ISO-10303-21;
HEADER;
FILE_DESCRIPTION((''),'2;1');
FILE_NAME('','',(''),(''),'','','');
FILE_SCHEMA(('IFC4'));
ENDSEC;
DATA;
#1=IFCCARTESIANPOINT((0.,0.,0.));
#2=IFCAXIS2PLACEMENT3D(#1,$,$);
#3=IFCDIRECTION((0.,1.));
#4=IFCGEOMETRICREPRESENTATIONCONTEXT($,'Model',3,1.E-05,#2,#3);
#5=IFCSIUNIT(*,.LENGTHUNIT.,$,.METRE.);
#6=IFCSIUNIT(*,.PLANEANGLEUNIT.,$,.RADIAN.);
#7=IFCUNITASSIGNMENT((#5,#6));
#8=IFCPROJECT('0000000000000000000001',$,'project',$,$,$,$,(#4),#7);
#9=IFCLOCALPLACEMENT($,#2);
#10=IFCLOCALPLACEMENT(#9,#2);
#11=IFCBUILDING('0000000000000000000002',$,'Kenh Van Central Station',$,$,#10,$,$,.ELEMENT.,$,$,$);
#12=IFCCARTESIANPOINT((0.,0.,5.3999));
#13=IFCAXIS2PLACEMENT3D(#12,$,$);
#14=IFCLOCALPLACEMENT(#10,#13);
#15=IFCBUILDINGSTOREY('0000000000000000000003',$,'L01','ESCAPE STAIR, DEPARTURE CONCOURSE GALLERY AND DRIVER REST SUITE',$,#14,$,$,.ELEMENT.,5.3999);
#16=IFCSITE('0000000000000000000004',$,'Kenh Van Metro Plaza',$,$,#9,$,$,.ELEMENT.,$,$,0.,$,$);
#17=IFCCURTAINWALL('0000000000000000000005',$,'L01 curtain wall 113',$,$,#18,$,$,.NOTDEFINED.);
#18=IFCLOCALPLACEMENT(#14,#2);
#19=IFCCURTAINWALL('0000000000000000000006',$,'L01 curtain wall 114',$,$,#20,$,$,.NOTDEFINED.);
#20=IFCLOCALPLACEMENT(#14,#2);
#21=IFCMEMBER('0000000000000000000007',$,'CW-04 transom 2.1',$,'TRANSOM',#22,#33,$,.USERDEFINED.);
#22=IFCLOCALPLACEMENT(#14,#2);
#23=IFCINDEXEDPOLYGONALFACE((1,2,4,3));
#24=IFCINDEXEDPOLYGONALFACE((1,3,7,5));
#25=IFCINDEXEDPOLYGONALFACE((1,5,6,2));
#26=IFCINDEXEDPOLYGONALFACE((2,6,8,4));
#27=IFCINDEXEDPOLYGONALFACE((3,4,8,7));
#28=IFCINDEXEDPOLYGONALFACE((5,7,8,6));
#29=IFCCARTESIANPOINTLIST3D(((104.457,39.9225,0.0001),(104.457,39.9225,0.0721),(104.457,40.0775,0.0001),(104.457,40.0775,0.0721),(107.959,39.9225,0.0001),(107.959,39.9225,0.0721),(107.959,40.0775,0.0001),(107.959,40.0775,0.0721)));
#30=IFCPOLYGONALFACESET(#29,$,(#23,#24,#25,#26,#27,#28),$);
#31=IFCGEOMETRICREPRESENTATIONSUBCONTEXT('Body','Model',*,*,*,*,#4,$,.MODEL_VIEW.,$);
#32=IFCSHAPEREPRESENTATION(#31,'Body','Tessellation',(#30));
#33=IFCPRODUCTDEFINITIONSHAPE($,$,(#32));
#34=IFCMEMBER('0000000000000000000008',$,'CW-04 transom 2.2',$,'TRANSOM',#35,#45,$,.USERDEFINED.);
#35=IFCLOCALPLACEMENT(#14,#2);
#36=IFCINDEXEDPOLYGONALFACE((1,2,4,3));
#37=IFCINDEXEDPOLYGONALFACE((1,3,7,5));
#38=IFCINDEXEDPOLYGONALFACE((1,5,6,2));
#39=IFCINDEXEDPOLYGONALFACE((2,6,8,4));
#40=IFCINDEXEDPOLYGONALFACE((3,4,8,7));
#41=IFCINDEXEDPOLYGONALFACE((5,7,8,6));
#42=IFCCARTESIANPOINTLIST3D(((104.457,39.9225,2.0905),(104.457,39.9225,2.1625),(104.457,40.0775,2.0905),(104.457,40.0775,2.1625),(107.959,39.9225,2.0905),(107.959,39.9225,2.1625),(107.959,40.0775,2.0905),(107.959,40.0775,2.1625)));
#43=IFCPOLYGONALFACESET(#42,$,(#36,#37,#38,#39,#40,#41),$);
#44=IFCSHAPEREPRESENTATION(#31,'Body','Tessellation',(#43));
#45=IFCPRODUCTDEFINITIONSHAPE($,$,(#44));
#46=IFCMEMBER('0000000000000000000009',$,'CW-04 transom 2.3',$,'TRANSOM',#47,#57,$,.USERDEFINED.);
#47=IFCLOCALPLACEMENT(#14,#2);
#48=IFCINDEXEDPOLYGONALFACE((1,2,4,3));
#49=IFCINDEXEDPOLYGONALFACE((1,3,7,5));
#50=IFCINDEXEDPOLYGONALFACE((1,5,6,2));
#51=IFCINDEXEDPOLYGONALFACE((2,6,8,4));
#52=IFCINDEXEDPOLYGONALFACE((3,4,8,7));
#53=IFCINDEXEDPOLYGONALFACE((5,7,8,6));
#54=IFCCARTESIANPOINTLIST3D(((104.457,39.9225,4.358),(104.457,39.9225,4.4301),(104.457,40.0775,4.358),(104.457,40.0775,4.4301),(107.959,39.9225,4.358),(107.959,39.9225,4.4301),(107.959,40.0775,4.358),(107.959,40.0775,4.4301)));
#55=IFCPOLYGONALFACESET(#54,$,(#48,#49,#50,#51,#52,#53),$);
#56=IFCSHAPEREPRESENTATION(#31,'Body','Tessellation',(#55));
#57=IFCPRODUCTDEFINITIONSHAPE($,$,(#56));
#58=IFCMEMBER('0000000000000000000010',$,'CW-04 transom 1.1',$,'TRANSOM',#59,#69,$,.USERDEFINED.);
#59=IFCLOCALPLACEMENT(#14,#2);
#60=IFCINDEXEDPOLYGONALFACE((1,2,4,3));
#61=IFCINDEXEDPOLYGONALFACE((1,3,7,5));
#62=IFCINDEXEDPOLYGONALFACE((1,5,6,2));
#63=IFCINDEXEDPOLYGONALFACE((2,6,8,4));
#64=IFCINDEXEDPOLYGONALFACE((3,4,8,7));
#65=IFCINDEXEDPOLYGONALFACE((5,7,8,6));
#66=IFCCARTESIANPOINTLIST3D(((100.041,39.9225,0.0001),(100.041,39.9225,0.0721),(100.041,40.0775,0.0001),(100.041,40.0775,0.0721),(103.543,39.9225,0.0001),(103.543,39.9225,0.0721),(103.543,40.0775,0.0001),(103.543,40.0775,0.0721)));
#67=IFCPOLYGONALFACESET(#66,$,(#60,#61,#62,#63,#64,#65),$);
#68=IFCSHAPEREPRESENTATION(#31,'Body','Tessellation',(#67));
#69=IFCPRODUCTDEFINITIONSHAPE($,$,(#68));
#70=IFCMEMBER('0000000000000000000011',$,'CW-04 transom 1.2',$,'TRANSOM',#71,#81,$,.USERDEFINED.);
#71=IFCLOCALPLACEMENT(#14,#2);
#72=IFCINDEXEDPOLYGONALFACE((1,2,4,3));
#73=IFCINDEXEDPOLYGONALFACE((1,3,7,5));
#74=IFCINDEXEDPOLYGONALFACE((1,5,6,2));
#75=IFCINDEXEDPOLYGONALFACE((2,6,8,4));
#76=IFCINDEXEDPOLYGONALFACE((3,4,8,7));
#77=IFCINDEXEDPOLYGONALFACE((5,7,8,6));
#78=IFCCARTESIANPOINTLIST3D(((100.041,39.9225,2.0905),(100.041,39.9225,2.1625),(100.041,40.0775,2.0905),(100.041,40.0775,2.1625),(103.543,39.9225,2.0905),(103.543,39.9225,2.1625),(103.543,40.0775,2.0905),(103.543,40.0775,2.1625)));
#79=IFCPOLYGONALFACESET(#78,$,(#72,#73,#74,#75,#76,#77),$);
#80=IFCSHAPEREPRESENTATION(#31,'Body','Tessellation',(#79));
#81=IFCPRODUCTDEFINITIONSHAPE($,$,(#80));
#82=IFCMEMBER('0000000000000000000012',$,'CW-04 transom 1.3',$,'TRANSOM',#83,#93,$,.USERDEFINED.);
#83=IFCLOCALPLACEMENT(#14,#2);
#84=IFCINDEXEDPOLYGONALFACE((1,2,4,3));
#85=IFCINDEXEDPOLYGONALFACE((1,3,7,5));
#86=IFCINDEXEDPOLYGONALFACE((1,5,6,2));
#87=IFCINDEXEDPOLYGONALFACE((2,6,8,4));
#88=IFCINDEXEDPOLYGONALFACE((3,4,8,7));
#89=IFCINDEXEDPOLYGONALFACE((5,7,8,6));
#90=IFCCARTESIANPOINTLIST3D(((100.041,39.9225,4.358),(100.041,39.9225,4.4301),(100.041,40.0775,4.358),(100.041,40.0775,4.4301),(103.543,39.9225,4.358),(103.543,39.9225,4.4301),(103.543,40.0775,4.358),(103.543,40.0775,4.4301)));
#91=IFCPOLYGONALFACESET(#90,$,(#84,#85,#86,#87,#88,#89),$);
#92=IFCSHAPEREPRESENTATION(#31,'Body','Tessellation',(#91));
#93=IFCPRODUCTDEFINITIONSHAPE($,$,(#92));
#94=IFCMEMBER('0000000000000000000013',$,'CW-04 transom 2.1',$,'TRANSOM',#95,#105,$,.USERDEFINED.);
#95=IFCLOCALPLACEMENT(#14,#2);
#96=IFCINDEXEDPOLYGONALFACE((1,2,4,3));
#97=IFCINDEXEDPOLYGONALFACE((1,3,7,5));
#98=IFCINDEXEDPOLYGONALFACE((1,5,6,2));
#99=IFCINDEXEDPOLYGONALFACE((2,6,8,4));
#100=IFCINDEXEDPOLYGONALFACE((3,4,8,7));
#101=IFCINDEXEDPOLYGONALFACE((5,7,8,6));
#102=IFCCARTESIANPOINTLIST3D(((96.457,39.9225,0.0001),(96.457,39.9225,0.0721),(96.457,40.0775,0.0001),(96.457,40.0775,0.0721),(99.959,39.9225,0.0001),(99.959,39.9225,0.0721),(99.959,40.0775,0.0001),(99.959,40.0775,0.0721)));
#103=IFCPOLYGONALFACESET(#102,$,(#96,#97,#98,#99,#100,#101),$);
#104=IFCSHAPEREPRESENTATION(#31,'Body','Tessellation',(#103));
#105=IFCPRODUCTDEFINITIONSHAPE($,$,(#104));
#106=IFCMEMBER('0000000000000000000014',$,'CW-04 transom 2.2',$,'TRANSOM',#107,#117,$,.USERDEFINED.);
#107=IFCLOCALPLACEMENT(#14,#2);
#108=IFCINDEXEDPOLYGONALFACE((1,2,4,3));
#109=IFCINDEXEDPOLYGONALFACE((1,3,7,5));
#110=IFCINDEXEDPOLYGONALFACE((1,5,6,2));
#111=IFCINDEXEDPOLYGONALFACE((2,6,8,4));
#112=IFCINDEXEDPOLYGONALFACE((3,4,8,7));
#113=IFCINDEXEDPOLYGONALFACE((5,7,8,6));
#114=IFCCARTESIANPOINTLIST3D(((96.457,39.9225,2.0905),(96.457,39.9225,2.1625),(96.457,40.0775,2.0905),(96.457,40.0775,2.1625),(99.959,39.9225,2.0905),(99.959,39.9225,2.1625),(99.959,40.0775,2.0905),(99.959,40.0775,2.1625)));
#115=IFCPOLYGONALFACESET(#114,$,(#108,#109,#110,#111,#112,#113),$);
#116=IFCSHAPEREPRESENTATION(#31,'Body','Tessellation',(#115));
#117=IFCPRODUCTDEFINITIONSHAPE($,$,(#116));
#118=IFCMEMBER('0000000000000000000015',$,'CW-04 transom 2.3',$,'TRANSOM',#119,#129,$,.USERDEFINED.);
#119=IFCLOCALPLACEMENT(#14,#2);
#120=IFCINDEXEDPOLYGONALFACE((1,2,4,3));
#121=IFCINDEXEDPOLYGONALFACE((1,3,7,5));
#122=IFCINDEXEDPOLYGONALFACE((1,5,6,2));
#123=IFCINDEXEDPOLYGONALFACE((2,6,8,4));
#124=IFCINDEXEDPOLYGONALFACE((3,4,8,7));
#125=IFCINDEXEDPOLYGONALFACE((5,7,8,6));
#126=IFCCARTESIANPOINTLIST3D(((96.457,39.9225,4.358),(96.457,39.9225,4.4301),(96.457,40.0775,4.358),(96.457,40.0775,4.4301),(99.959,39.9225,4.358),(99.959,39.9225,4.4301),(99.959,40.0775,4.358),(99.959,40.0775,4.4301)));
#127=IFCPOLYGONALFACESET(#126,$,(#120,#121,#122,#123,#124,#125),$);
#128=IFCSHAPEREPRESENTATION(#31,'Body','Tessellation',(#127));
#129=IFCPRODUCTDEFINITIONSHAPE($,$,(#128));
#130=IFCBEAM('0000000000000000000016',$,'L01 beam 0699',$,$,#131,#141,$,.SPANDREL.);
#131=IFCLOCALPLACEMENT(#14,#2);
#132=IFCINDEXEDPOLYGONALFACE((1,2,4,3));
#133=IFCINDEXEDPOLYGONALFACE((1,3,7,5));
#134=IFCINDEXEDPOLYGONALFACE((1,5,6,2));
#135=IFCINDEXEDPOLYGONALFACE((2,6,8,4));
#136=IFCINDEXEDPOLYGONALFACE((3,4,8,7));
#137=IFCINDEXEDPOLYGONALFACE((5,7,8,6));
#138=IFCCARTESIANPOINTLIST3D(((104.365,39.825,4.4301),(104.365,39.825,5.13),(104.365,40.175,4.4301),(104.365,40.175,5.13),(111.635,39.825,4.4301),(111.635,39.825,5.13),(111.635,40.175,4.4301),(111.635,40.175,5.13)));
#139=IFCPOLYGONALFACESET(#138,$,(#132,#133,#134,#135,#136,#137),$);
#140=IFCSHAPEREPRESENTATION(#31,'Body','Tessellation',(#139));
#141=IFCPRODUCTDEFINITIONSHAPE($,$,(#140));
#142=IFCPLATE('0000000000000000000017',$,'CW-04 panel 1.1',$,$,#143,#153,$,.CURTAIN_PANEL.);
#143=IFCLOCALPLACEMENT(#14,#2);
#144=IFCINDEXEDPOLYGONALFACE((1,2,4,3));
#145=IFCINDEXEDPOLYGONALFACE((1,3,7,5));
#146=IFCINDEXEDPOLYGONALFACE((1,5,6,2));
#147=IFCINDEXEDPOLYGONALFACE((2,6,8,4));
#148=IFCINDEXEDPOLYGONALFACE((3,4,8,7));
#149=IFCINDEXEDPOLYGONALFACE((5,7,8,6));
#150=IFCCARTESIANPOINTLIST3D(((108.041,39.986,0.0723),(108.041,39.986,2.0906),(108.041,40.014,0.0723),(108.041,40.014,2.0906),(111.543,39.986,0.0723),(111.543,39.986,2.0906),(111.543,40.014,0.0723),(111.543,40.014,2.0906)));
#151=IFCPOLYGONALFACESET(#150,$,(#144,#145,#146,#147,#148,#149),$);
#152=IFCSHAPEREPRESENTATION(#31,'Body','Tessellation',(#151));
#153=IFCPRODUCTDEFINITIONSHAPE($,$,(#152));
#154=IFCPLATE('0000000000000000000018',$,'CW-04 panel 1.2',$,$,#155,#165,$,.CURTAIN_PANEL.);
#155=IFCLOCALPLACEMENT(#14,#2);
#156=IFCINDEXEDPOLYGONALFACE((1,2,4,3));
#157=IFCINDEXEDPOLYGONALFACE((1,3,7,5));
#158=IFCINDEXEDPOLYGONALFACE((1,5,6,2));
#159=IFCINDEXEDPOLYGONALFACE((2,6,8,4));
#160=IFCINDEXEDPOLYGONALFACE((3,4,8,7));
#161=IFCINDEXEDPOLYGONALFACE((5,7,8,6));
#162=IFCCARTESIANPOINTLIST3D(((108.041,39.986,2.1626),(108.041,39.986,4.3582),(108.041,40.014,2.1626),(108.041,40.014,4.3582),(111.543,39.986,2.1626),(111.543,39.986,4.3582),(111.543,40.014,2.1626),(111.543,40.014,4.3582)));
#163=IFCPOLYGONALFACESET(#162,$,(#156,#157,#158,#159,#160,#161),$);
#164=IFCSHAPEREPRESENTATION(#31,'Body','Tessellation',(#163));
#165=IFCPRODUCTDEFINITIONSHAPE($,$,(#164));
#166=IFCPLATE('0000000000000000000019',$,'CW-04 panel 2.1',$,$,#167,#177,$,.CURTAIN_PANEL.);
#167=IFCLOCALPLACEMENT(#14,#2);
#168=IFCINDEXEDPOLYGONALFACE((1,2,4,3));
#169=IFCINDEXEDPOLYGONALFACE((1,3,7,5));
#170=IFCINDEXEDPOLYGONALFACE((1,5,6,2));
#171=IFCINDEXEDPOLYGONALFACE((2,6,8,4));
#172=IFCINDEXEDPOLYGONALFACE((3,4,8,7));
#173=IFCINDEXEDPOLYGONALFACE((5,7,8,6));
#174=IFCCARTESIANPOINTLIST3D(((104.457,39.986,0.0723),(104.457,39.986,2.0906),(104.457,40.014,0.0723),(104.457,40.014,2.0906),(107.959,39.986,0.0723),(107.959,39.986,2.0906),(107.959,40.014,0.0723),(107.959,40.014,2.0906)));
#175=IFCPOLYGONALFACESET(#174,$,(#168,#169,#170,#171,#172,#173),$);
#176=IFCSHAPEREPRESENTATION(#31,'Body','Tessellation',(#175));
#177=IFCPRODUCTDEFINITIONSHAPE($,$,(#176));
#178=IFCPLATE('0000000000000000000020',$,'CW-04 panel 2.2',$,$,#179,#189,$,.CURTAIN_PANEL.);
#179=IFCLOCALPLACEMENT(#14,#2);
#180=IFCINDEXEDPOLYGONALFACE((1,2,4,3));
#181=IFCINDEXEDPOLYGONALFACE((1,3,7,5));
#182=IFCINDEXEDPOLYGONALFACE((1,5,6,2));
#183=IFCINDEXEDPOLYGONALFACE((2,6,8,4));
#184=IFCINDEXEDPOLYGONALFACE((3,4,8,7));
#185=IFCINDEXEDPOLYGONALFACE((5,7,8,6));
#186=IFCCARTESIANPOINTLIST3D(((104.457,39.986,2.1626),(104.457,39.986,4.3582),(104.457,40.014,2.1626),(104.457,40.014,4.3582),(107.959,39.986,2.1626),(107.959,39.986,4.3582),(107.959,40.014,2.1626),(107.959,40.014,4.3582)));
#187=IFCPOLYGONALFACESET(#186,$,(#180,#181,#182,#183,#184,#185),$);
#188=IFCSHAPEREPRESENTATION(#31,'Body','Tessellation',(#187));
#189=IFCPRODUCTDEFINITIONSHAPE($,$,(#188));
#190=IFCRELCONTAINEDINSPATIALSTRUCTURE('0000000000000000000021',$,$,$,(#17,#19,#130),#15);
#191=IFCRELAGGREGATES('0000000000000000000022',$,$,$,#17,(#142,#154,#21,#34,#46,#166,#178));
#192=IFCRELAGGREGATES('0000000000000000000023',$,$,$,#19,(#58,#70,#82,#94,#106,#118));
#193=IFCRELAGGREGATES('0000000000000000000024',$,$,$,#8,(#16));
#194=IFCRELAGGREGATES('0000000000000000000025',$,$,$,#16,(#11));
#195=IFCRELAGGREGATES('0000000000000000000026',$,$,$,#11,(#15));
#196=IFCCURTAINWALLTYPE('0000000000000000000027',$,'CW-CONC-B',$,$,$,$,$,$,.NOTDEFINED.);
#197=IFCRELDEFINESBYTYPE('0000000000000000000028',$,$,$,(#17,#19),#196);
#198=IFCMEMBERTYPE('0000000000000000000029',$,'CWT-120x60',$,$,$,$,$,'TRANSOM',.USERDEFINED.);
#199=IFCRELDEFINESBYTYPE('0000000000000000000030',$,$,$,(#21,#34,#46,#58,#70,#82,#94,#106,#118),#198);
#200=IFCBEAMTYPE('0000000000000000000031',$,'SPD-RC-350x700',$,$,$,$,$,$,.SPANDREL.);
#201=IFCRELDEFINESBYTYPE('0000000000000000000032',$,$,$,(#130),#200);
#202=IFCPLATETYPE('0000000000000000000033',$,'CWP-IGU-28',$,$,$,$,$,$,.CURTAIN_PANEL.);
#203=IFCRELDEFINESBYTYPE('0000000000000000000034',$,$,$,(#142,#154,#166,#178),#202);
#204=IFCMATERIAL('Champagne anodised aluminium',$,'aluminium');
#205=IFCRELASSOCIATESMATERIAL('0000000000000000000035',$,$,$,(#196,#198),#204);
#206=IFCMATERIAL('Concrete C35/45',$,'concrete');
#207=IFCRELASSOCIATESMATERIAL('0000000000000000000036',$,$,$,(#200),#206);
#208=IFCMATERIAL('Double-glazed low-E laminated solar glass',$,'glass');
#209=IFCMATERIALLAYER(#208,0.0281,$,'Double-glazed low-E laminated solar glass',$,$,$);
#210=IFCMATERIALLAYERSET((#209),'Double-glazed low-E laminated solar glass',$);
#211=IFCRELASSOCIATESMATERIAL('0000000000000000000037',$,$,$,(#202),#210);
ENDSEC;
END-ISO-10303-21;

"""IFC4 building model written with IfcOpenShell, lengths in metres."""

from ifc_helpers import new_model, si_unit, direction, frame, origin, origin_2d, place, context, subcontext, project, spatial, rectangle, extrude, material, layer, layer_set, material_profile, profile_set, type_object, element, aggregate, save


model = new_model("IFC4")

# Units and contexts
model_context = context("Model", 3, precision=1e-05, world=origin(), true_north=direction((0.0, 1.0)))
body_context = subcontext(model_context, "Body", "Model", "MODEL_VIEW")
ifc_project = project(units=[si_unit("LENGTHUNIT", "METRE"), si_unit("PLANEANGLEUNIT", "RADIAN")], contexts=[model_context])

# Site, building, storey
site_placement = place(None, origin())
site = spatial("IfcSite", under=ifc_project, at=site_placement, Name="Kenh Van Metro Plaza", CompositionType="ELEMENT", RefElevation=0.0)
building_placement = place(site_placement, origin())
building = spatial("IfcBuilding", under=site, at=building_placement, Name="Kenh Van Central Station", CompositionType="ELEMENT")
storey_placement = place(building_placement, frame((0.0, 0.0, 5.3999)))
storey = spatial("IfcBuildingStorey", under=building, at=storey_placement, Name="L01", Description="ESCAPE STAIR, DEPARTURE CONCOURSE GALLERY AND DRIVER REST SUITE", CompositionType="ELEMENT", Elevation=5.3999)

# Shared definitions
ifc_material_1 = material(Name="Concrete C35/45", Category="concrete")

# Curtain walls
ifc_material_2 = material(Name="Champagne anodised aluminium", Category="aluminium")
curtain_wall_type = type_object("IfcCurtainWallType", Name="CW-CONC-B", PredefinedType="NOTDEFINED", material=ifc_material_2)
curtain_wall_1_placement = place(storey_placement, origin())
curtain_wall_1 = element("IfcCurtainWall", 1, at=curtain_wall_1_placement, inside=storey, type_object=curtain_wall_type, Name="L01 curtain wall 113", PredefinedType="NOTDEFINED")
curtain_wall_2_placement = place(storey_placement, origin())
curtain_wall_2 = element("IfcCurtainWall", 2, at=curtain_wall_2_placement, inside=storey, type_object=curtain_wall_type, Name="L01 curtain wall 114", PredefinedType="NOTDEFINED")

# Members
ifc_material_profile_1 = material_profile(ifc_material_2, rectangle(XDim=0.155, YDim=0.072, at=origin_2d()), Name="AL 155x72")
ifc_profile_set_1 = profile_set([ifc_material_profile_1], Name="Champagne anodised aluminium")
member_type_1 = type_object("IfcMemberType", Name="CWT-120x60", ElementType="TRANSOM", PredefinedType="USERDEFINED", material=ifc_profile_set_1)
member_1_placement = place(storey_placement, frame((107.959, 40.0, 0.0361), z_axis=(-1.0, 0.0, 0.0), x_axis=(0.0, -1.0, 0.0)))
member_1 = element("IfcMember", 3, at=member_1_placement, type_object=member_type_1, Name="CW-04 transom 2.1", ObjectType="TRANSOM", PredefinedType="USERDEFINED", context=body_context, shape_type="SweptSolid", body=[
    extrude(rectangle(XDim=0.155, YDim=0.072, at=origin_2d()), origin(), (0.0, 0.0, 1.0), 3.502),
])
member_2_placement = place(storey_placement, frame((107.959, 40.0, 2.1265), z_axis=(-1.0, 0.0, 0.0), x_axis=(0.0, -1.0, 0.0)))
member_2 = element("IfcMember", 4, at=member_2_placement, type_object=member_type_1, Name="CW-04 transom 2.2", ObjectType="TRANSOM", PredefinedType="USERDEFINED", context=body_context, shape_type="SweptSolid", body=[
    extrude(rectangle(XDim=0.155, YDim=0.072, at=origin_2d()), origin(), (0.0, 0.0, 1.0), 3.502),
])
member_3_placement = place(storey_placement, frame((107.959, 40.0, 4.394), z_axis=(-1.0, 0.0, 0.0), x_axis=(0.0, -1.0, 0.0)))
member_3 = element("IfcMember", 5, at=member_3_placement, type_object=member_type_1, Name="CW-04 transom 2.3", ObjectType="TRANSOM", PredefinedType="USERDEFINED", context=body_context, shape_type="SweptSolid", body=[
    extrude(rectangle(XDim=0.155, YDim=0.072, at=origin_2d()), origin(), (0.0, 0.0, 1.0), 3.502),
])
member_4_placement = place(storey_placement, frame((103.543, 40.0, 0.0361), z_axis=(-1.0, 0.0, 0.0), x_axis=(0.0, -1.0, 0.0)))
member_4 = element("IfcMember", 6, at=member_4_placement, type_object=member_type_1, Name="CW-04 transom 1.1", ObjectType="TRANSOM", PredefinedType="USERDEFINED", context=body_context, shape_type="SweptSolid", body=[
    extrude(rectangle(XDim=0.155, YDim=0.072, at=origin_2d()), origin(), (0.0, 0.0, 1.0), 3.502),
])
member_5_placement = place(storey_placement, frame((103.543, 40.0, 2.1265), z_axis=(-1.0, 0.0, 0.0), x_axis=(0.0, -1.0, 0.0)))
member_5 = element("IfcMember", 7, at=member_5_placement, type_object=member_type_1, Name="CW-04 transom 1.2", ObjectType="TRANSOM", PredefinedType="USERDEFINED", context=body_context, shape_type="SweptSolid", body=[
    extrude(rectangle(XDim=0.155, YDim=0.072, at=origin_2d()), origin(), (0.0, 0.0, 1.0), 3.502),
])
member_6_placement = place(storey_placement, frame((103.543, 40.0, 4.394), z_axis=(-1.0, 0.0, 0.0), x_axis=(0.0, -1.0, 0.0)))
member_6 = element("IfcMember", 8, at=member_6_placement, type_object=member_type_1, Name="CW-04 transom 1.3", ObjectType="TRANSOM", PredefinedType="USERDEFINED", context=body_context, shape_type="SweptSolid", body=[
    extrude(rectangle(XDim=0.155, YDim=0.072, at=origin_2d()), origin(), (0.0, 0.0, 1.0), 3.502),
])
member_7_placement = place(storey_placement, frame((99.959, 40.0, 0.0361), z_axis=(-1.0, 0.0, 0.0), x_axis=(0.0, -1.0, 0.0)))
member_7 = element("IfcMember", 9, at=member_7_placement, type_object=member_type_1, Name="CW-04 transom 2.1", ObjectType="TRANSOM", PredefinedType="USERDEFINED", context=body_context, shape_type="SweptSolid", body=[
    extrude(rectangle(XDim=0.155, YDim=0.072, at=origin_2d()), origin(), (0.0, 0.0, 1.0), 3.502),
])
member_8_placement = place(storey_placement, frame((99.959, 40.0, 2.1265), z_axis=(-1.0, 0.0, 0.0), x_axis=(0.0, -1.0, 0.0)))
member_8 = element("IfcMember", 10, at=member_8_placement, type_object=member_type_1, Name="CW-04 transom 2.2", ObjectType="TRANSOM", PredefinedType="USERDEFINED", context=body_context, shape_type="SweptSolid", body=[
    extrude(rectangle(XDim=0.155, YDim=0.072, at=origin_2d()), origin(), (0.0, 0.0, 1.0), 3.502),
])
member_9_placement = place(storey_placement, frame((99.959, 40.0, 4.394), z_axis=(-1.0, 0.0, 0.0), x_axis=(0.0, -1.0, 0.0)))
member_9 = element("IfcMember", 11, at=member_9_placement, type_object=member_type_1, Name="CW-04 transom 2.3", ObjectType="TRANSOM", PredefinedType="USERDEFINED", context=body_context, shape_type="SweptSolid", body=[
    extrude(rectangle(XDim=0.155, YDim=0.072, at=origin_2d()), origin(), (0.0, 0.0, 1.0), 3.502),
])

# Beam
ifc_material_profile_2 = material_profile(ifc_material_1, rectangle(XDim=0.3501, YDim=0.7, at=origin_2d()), Name="RC 350x700")
ifc_profile_set_2 = profile_set([ifc_material_profile_2], Name="Concrete C35/45")
beam_type_1 = type_object("IfcBeamType", Name="SPD-RC-350x700", PredefinedType="SPANDREL", material=ifc_profile_set_2)
beam_placement = place(storey_placement, frame((104.365, 40.0, 4.78), z_axis=(1.0, 0.0, 0.0), x_axis=(0.0, 1.0, 0.0)))
element("IfcBeam", 12, at=beam_placement, inside=storey, type_object=beam_type_1, Name="L01 beam 0699", PredefinedType="SPANDREL", context=body_context, shape_type="SweptSolid", body=[
    extrude(rectangle(XDim=0.3501, YDim=0.7, at=origin_2d()), origin(), (0.0, 0.0, 1.0), 7.27),
])

# Plates
ifc_material_3 = material(Name="Double-glazed low-E laminated solar glass", Category="glass")
ifc_layer_1 = layer(ifc_material_3, 0.0281, Name="Double-glazed low-E laminated solar glass")
ifc_layer_set_1 = layer_set([ifc_layer_1], Name="Double-glazed low-E laminated solar glass")
plate_type = type_object("IfcPlateType", Name="CWP-IGU-28", PredefinedType="CURTAIN_PANEL", material=ifc_layer_set_1)
plate_1_placement = place(storey_placement, frame((109.792, 40.0, 0.0723), z_axis=(0.0, 0.0, 1.0), x_axis=(-1.0, 0.0, 0.0)))
plate_1 = element("IfcPlate", 13, at=plate_1_placement, type_object=plate_type, Name="CW-04 panel 1.1", PredefinedType="CURTAIN_PANEL", context=body_context, shape_type="SweptSolid", body=[
    extrude(rectangle(XDim=3.502, YDim=0.0281, at=origin_2d()), origin(), (0.0, 0.0, 1.0), 2.0183),
])
plate_2_placement = place(storey_placement, frame((109.792, 40.0, 2.1626), z_axis=(0.0, 0.0, 1.0), x_axis=(-1.0, 0.0, 0.0)))
plate_2 = element("IfcPlate", 14, at=plate_2_placement, type_object=plate_type, Name="CW-04 panel 1.2", PredefinedType="CURTAIN_PANEL", context=body_context, shape_type="SweptSolid", body=[
    extrude(rectangle(XDim=3.502, YDim=0.0281, at=origin_2d()), origin(), (0.0, 0.0, 1.0), 2.1956),
])
plate_3_placement = place(storey_placement, frame((106.208, 40.0, 0.0723), z_axis=(0.0, 0.0, 1.0), x_axis=(-1.0, 0.0, 0.0)))
plate_3 = element("IfcPlate", 15, at=plate_3_placement, type_object=plate_type, Name="CW-04 panel 2.1", PredefinedType="CURTAIN_PANEL", context=body_context, shape_type="SweptSolid", body=[
    extrude(rectangle(XDim=3.502, YDim=0.0281, at=origin_2d()), origin(), (0.0, 0.0, 1.0), 2.0183),
])
plate_4_placement = place(storey_placement, frame((106.208, 40.0, 2.1626), z_axis=(0.0, 0.0, 1.0), x_axis=(-1.0, 0.0, 0.0)))
plate_4 = element("IfcPlate", 16, at=plate_4_placement, type_object=plate_type, Name="CW-04 panel 2.2", PredefinedType="CURTAIN_PANEL", context=body_context, shape_type="SweptSolid", body=[
    extrude(rectangle(XDim=3.502, YDim=0.0281, at=origin_2d()), origin(), (0.0, 0.0, 1.0), 2.1956),
])
aggregate(curtain_wall_1, [plate_1, plate_2, member_1, member_2, member_3, plate_3, plate_4])
aggregate(curtain_wall_2, [member_4, member_5, member_6, member_7, member_8, member_9])

save(model, "model.ifc")
